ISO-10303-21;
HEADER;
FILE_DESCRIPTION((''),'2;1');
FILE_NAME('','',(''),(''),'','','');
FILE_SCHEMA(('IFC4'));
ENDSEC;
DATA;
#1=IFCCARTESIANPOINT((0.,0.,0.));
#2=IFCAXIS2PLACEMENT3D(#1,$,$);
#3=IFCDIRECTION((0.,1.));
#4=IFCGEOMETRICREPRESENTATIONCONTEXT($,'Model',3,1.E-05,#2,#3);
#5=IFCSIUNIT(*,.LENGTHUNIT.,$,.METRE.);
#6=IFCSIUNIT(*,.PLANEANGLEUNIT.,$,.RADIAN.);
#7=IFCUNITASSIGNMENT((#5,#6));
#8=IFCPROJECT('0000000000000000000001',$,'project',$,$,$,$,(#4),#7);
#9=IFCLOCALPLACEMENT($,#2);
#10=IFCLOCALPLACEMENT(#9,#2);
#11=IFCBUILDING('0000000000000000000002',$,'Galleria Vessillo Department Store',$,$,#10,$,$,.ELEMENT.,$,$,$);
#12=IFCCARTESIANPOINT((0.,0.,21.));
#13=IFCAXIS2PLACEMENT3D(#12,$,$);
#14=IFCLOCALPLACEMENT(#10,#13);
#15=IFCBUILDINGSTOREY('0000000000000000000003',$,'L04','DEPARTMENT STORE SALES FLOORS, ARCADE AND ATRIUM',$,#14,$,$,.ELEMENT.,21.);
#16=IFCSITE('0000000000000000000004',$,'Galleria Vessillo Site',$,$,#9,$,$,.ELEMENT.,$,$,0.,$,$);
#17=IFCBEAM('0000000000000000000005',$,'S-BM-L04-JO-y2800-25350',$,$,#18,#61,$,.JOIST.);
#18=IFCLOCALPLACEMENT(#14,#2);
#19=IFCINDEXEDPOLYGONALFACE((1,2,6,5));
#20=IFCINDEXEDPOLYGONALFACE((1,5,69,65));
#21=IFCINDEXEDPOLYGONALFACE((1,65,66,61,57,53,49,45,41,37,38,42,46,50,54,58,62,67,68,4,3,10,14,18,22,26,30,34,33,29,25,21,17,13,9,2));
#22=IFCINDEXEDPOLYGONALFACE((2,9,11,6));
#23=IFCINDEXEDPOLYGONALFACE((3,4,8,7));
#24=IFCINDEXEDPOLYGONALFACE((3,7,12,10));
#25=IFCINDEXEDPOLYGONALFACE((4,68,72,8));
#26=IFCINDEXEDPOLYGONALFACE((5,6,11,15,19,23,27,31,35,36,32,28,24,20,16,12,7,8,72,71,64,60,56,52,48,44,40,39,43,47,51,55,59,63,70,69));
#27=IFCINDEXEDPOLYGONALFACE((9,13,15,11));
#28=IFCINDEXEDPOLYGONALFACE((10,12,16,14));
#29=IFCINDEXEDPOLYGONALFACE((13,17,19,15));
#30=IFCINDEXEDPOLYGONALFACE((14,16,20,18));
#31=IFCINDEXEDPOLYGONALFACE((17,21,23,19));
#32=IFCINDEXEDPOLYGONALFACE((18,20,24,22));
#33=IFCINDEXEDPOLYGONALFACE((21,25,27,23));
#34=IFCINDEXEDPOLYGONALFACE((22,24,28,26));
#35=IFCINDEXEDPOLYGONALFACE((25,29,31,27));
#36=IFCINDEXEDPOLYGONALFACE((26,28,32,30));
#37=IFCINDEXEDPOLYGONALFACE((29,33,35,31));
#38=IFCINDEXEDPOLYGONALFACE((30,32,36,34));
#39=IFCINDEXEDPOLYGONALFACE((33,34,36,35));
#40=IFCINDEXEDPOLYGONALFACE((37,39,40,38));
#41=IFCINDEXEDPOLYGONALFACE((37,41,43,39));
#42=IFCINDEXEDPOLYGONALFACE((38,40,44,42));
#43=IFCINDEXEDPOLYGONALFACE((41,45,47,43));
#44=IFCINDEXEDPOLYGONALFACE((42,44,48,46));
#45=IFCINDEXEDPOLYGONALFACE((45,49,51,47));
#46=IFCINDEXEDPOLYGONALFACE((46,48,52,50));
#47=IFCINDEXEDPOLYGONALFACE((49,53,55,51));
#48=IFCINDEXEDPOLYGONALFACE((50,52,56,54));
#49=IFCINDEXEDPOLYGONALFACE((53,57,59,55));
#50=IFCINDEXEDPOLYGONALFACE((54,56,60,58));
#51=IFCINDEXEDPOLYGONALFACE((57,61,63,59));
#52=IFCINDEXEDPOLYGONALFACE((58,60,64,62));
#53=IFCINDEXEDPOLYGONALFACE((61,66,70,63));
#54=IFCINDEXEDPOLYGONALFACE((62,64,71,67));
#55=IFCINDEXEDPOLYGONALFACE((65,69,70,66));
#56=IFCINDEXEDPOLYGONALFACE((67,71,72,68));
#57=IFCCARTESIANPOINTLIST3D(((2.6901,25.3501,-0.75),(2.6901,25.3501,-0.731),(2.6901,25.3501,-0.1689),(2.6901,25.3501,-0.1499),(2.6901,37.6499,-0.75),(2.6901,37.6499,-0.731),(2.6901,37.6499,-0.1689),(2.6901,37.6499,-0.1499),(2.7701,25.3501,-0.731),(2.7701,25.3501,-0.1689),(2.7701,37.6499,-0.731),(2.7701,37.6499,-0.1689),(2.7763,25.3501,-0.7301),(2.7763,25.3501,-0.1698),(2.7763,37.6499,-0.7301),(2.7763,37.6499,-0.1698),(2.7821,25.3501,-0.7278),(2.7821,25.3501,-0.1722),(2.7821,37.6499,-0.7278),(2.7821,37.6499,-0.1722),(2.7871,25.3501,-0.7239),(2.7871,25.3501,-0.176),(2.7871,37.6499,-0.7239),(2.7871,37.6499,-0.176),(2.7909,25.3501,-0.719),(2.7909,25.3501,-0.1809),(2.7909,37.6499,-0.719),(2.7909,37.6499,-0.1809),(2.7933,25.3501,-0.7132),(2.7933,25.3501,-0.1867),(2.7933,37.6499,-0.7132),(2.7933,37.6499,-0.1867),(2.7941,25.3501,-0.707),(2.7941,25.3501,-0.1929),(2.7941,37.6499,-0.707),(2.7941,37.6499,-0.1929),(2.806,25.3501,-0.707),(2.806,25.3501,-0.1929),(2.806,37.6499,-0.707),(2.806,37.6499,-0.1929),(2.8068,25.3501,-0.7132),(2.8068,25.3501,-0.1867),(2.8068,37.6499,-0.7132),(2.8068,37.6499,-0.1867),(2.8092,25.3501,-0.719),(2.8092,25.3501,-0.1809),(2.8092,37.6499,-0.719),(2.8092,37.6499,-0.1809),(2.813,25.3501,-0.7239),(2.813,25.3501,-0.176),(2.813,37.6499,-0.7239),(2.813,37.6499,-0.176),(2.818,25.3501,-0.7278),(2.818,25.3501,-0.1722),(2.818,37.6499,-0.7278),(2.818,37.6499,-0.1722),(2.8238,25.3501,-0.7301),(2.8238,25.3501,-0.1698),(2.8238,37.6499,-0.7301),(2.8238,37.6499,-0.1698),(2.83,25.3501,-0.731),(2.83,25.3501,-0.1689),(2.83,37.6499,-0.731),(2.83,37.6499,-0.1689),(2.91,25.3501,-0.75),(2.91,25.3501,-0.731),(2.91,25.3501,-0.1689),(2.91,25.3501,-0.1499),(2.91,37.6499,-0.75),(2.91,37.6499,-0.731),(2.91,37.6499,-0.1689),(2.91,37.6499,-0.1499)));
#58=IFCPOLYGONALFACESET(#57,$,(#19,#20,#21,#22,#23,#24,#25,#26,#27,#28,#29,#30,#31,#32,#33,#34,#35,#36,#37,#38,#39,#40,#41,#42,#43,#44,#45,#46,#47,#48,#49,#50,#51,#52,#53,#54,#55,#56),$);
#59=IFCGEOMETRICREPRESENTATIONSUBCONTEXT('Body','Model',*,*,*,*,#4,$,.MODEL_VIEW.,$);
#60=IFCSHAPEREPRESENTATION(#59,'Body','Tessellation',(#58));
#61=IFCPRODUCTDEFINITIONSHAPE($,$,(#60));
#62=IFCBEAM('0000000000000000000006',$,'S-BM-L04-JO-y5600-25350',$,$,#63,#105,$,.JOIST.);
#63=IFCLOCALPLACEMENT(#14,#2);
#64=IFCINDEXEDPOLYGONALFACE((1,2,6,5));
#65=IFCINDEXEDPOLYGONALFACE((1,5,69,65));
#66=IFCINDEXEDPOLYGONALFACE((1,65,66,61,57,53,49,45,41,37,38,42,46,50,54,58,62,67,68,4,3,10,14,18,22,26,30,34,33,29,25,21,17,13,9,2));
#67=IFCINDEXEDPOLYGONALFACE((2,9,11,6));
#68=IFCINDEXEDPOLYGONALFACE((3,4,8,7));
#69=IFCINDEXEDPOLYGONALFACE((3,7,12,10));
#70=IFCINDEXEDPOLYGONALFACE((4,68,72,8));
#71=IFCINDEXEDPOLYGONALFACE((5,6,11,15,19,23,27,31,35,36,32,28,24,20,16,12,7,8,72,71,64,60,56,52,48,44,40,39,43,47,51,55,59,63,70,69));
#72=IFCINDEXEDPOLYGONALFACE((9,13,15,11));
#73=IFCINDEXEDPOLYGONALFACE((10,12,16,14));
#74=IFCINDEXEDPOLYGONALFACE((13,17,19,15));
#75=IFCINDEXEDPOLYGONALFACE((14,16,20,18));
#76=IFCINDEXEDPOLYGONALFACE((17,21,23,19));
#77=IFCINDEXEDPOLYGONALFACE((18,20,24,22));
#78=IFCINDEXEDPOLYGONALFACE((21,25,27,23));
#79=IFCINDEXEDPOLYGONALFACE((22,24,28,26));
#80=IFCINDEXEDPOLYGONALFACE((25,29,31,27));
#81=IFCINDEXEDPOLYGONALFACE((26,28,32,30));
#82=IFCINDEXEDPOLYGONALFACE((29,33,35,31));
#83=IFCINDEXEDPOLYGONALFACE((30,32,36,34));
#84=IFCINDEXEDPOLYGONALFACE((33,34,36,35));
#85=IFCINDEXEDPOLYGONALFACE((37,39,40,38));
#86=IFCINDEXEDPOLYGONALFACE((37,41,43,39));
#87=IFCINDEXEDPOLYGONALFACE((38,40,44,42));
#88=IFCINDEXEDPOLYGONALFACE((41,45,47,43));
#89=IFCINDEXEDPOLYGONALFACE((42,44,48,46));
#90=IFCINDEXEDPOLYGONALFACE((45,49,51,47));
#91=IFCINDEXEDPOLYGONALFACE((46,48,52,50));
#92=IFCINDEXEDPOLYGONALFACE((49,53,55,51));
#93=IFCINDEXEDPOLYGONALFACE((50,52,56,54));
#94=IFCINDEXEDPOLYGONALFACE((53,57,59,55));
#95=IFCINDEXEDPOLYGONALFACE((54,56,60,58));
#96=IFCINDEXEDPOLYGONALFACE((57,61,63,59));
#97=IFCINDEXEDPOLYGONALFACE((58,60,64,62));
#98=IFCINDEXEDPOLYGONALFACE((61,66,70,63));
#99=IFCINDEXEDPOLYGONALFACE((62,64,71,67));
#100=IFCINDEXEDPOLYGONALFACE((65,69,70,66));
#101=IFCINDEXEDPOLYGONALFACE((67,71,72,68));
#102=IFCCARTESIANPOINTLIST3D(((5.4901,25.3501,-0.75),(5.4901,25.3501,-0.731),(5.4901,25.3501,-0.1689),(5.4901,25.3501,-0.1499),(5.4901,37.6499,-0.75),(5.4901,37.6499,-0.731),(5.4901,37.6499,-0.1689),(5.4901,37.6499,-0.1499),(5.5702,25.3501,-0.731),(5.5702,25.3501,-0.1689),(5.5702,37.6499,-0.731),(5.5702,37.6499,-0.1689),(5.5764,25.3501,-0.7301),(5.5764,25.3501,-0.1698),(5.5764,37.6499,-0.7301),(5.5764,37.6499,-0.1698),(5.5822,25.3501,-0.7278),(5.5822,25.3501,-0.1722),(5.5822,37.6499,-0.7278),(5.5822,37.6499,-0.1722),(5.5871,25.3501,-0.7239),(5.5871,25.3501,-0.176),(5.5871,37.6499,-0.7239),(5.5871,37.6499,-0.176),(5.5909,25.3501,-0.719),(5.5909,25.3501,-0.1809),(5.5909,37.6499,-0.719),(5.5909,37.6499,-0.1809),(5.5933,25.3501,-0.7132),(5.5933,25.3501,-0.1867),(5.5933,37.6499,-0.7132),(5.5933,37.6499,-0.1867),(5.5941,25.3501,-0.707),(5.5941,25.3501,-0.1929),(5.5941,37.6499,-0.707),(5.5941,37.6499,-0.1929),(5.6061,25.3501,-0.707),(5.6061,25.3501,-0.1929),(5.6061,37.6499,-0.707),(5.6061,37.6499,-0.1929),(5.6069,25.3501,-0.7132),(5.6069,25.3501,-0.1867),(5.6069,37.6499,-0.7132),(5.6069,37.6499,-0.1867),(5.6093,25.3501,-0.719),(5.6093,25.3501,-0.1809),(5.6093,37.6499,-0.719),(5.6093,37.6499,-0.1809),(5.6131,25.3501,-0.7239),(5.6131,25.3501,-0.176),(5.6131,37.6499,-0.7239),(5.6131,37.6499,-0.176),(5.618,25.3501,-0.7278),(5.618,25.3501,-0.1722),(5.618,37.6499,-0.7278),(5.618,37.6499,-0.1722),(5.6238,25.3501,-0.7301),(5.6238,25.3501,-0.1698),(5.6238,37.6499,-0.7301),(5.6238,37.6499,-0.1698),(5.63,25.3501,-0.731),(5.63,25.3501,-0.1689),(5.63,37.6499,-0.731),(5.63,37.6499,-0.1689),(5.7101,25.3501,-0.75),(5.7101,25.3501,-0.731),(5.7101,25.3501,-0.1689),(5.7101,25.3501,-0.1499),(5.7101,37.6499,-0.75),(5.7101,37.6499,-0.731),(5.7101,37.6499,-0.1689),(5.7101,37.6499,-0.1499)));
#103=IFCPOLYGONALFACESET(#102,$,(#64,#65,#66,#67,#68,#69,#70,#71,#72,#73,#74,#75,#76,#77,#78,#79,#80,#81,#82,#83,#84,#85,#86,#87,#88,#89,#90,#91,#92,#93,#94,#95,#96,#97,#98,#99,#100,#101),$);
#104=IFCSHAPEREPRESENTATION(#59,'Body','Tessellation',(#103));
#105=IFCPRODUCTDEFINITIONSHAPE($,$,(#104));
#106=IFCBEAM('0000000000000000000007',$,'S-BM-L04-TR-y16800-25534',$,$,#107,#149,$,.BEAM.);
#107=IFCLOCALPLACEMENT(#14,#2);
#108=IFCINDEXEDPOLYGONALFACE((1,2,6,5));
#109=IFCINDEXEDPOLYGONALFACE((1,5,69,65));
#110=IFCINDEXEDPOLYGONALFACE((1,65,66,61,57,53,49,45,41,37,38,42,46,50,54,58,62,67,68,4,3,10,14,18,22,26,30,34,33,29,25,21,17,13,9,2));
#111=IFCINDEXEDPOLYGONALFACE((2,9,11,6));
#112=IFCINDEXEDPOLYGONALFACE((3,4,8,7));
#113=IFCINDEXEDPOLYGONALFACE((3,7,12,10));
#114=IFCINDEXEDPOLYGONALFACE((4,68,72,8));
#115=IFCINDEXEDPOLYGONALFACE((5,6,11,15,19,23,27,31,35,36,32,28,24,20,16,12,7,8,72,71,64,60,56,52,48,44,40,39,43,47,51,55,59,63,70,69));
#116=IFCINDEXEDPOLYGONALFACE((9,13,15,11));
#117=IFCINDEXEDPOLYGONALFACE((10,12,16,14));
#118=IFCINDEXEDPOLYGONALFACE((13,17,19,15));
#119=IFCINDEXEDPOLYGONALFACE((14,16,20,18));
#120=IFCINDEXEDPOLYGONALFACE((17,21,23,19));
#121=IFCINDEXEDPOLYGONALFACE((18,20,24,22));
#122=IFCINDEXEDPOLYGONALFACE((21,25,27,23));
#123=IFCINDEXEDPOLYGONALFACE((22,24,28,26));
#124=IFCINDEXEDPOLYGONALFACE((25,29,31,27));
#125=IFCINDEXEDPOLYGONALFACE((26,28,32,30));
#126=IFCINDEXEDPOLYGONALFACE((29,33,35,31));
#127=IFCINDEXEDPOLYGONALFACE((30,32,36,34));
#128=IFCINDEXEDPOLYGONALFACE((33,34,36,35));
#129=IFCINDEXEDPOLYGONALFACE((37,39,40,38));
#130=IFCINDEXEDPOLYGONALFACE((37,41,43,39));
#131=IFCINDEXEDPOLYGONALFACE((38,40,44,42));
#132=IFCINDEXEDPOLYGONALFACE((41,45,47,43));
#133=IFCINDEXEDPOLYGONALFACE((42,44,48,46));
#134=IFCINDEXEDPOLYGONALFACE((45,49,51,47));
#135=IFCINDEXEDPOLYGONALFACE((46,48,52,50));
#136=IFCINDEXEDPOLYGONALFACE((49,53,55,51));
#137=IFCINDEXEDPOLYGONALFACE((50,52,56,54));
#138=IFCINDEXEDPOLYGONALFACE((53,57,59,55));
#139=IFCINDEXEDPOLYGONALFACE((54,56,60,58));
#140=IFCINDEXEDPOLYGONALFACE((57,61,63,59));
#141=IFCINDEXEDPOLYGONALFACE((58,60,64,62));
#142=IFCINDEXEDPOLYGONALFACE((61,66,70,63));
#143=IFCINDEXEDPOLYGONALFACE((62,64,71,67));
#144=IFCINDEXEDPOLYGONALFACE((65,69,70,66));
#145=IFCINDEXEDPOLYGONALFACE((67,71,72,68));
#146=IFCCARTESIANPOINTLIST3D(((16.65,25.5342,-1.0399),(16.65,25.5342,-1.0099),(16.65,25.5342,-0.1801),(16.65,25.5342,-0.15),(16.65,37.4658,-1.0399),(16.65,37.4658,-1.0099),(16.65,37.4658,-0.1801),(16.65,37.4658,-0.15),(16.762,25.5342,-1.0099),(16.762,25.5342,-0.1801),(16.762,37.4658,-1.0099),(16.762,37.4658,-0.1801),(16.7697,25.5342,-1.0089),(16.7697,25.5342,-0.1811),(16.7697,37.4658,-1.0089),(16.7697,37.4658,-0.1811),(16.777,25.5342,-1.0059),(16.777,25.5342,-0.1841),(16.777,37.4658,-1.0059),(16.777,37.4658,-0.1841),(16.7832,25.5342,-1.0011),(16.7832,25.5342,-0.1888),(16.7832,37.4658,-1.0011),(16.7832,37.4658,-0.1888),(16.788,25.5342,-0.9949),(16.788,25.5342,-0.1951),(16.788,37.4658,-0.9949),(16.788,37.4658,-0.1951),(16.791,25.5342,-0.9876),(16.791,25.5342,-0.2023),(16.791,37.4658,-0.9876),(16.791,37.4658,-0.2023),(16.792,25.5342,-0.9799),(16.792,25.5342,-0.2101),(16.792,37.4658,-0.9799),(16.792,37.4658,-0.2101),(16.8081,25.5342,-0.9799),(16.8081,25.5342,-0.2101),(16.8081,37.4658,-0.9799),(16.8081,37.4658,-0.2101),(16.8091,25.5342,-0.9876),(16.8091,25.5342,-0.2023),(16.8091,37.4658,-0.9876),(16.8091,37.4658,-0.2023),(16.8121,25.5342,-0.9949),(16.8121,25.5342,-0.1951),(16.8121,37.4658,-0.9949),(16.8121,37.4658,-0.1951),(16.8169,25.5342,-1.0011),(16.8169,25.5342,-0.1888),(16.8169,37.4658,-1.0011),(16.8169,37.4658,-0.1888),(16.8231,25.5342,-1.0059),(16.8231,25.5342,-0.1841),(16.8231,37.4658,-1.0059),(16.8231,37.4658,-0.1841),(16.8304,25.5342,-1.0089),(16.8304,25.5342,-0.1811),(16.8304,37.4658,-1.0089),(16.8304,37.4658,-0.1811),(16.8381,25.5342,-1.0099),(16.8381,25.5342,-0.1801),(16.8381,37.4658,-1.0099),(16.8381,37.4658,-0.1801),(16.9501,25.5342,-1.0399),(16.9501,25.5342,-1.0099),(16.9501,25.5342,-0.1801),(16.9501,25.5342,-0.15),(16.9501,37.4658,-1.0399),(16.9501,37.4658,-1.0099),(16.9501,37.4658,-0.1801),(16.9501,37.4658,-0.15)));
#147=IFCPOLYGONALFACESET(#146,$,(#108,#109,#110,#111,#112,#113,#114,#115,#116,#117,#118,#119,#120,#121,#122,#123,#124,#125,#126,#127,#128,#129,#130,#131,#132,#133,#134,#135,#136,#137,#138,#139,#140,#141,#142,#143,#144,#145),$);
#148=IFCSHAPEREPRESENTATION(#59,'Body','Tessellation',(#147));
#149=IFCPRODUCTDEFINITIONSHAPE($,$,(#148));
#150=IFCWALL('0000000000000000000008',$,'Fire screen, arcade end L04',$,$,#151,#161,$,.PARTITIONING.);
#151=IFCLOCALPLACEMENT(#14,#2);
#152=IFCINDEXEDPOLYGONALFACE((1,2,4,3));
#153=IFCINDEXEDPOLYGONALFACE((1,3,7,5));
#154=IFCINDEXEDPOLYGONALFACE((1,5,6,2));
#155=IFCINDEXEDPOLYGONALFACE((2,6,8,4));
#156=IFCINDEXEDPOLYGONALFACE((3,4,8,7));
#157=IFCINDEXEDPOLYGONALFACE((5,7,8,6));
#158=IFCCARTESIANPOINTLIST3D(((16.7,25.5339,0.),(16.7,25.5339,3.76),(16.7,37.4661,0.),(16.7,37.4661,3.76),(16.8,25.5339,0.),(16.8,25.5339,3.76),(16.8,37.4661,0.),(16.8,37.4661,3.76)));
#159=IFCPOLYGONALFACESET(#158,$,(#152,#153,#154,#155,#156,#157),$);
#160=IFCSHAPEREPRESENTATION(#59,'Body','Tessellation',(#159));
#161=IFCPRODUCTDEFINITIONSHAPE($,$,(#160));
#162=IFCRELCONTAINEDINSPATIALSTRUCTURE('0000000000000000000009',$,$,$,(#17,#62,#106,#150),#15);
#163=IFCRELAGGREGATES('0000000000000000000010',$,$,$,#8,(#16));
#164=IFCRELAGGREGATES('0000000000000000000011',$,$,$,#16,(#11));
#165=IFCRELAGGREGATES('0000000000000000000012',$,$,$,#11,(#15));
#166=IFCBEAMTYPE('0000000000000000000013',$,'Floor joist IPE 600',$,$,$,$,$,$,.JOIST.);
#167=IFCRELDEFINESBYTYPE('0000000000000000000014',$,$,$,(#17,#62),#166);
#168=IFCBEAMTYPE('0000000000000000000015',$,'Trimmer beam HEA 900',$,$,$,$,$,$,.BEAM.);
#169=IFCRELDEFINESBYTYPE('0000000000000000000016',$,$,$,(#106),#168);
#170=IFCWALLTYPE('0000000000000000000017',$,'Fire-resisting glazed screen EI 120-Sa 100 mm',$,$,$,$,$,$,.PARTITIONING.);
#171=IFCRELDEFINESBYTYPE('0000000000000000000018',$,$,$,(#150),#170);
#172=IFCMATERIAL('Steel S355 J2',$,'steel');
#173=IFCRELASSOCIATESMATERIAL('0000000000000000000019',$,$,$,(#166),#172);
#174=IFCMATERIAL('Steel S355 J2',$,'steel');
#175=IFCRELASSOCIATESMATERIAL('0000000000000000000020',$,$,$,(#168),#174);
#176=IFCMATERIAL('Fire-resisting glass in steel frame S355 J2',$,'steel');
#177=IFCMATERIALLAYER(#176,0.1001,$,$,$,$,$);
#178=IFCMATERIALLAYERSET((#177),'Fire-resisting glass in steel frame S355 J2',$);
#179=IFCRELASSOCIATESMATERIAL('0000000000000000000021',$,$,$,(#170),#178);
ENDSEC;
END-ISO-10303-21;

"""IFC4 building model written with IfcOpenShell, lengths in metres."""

from ifc_helpers import new_model, si_unit, direction, frame, frame_2d, origin, origin_2d, place, context, subcontext, project, spatial, rectangle, i_section, extrude, material, layer, layer_set, material_profile, profile_set, type_object, element, save


model = new_model("IFC4")

# Units and contexts
model_context = context("Model", 3, precision=1e-05, world=origin(), true_north=direction((0.0, 1.0)))
body_context = subcontext(model_context, "Body", "Model", "MODEL_VIEW")
ifc_project = project(units=[si_unit("LENGTHUNIT", "METRE"), si_unit("PLANEANGLEUNIT", "RADIAN")], contexts=[model_context])

# Site, building, storey
site_placement = place(None, origin())
site = spatial("IfcSite", under=ifc_project, at=site_placement, Name="Galleria Vessillo Site", CompositionType="ELEMENT", RefElevation=0.0)
building_placement = place(site_placement, origin())
building = spatial("IfcBuilding", under=site, at=building_placement, Name="Galleria Vessillo Department Store", CompositionType="ELEMENT")
storey_placement = place(building_placement, frame((0.0, 0.0, 21.0)))
storey = spatial("IfcBuildingStorey", under=building, at=storey_placement, Name="L04", Description="DEPARTMENT STORE SALES FLOORS, ARCADE AND ATRIUM", CompositionType="ELEMENT", Elevation=21.0)

# Beams
ifc_material_1 = material(Name="Steel S355 J2", Category="steel")
ifc_material_profile_1 = material_profile(ifc_material_1, i_section(OverallWidth=0.22, OverallDepth=0.6001, WebThickness=0.012, FlangeThickness=0.019, FilletRadius=0.0239, at=origin_2d()), Name="IPE 600")
ifc_profile_set_1 = profile_set([ifc_material_profile_1], Name="Steel S355 J2")
beam_type_1 = type_object("IfcBeamType", Name="Floor joist IPE 600", PredefinedType="JOIST", material=ifc_profile_set_1)
for number, where, z_axis, x_axis, name in (
    (1, (2.8, 25.3501, -0.45), (0.0, 1.0, 0.0), (-1.0, 0.0, 0.0), "S-BM-L04-JO-y2800-25350"),
    (2, (5.6001, 25.3501, -0.45), (0.0, 1.0, 0.0), (-1.0, 0.0, 0.0), "S-BM-L04-JO-y5600-25350"),
):
    element("IfcBeam", number, at=place(storey_placement, frame(where, z_axis=z_axis, x_axis=x_axis)), inside=storey, type_object=beam_type_1, Name=name, PredefinedType="JOIST", context=body_context, shape_type="SweptSolid", body=[
        extrude(i_section(OverallWidth=0.22, OverallDepth=0.6001, WebThickness=0.012, FlangeThickness=0.019, FilletRadius=0.0239, at=origin_2d()), origin(), (0.0, 0.0, 1.0), 12.2998),
    ])
ifc_material_2 = material(Name="Steel S355 J2", Category="steel")
ifc_material_profile_2 = material_profile(ifc_material_2, i_section(OverallWidth=0.3, OverallDepth=0.8899, WebThickness=0.0161, FlangeThickness=0.03, FilletRadius=0.03, at=origin_2d()), Name="HEA 900")
ifc_profile_set_2 = profile_set([ifc_material_profile_2], Name="Steel S355 J2")
beam_type_2 = type_object("IfcBeamType", Name="Trimmer beam HEA 900", PredefinedType="BEAM", material=ifc_profile_set_2)
beam_1_placement = place(storey_placement, frame((16.8, 25.5342, -0.595), z_axis=(0.0, 1.0, 0.0), x_axis=(-1.0, 0.0, 0.0)))
element("IfcBeam", 3, at=beam_1_placement, inside=storey, type_object=beam_type_2, Name="S-BM-L04-TR-y16800-25534", PredefinedType="BEAM", context=body_context, shape_type="SweptSolid", body=[
    extrude(i_section(OverallWidth=0.3, OverallDepth=0.8899, WebThickness=0.0161, FlangeThickness=0.03, FilletRadius=0.03, at=origin_2d()), origin(), (0.0, 0.0, 1.0), 11.9316),
])

# Wall
ifc_material_3 = material(Name="Fire-resisting glass in steel frame S355 J2", Category="steel")
ifc_layer_1 = layer(ifc_material_3, 0.1001)
ifc_layer_set_1 = layer_set([ifc_layer_1], Name="Fire-resisting glass in steel frame S355 J2")
wall_type_1 = type_object("IfcWallType", Name="Fire-resisting glazed screen EI 120-Sa 100 mm", PredefinedType="PARTITIONING", material=ifc_layer_set_1)
wall_1_placement = place(storey_placement, frame((16.75, 25.5339, 0.0), z_axis=(0.0, 0.0, 1.0), x_axis=(0.0, 1.0, 0.0)))
element("IfcWall", 4, at=wall_1_placement, inside=storey, type_object=wall_type_1, Name="Fire screen, arcade end L04", PredefinedType="PARTITIONING", context=body_context, shape_type="SweptSolid", body=[
    extrude(rectangle(XDim=11.9321, YDim=0.1001, at=frame_2d((5.9661, 0.0))), origin(), (0.0, 0.0, 1.0), 3.76),
])

save(model, "model.ifc")
